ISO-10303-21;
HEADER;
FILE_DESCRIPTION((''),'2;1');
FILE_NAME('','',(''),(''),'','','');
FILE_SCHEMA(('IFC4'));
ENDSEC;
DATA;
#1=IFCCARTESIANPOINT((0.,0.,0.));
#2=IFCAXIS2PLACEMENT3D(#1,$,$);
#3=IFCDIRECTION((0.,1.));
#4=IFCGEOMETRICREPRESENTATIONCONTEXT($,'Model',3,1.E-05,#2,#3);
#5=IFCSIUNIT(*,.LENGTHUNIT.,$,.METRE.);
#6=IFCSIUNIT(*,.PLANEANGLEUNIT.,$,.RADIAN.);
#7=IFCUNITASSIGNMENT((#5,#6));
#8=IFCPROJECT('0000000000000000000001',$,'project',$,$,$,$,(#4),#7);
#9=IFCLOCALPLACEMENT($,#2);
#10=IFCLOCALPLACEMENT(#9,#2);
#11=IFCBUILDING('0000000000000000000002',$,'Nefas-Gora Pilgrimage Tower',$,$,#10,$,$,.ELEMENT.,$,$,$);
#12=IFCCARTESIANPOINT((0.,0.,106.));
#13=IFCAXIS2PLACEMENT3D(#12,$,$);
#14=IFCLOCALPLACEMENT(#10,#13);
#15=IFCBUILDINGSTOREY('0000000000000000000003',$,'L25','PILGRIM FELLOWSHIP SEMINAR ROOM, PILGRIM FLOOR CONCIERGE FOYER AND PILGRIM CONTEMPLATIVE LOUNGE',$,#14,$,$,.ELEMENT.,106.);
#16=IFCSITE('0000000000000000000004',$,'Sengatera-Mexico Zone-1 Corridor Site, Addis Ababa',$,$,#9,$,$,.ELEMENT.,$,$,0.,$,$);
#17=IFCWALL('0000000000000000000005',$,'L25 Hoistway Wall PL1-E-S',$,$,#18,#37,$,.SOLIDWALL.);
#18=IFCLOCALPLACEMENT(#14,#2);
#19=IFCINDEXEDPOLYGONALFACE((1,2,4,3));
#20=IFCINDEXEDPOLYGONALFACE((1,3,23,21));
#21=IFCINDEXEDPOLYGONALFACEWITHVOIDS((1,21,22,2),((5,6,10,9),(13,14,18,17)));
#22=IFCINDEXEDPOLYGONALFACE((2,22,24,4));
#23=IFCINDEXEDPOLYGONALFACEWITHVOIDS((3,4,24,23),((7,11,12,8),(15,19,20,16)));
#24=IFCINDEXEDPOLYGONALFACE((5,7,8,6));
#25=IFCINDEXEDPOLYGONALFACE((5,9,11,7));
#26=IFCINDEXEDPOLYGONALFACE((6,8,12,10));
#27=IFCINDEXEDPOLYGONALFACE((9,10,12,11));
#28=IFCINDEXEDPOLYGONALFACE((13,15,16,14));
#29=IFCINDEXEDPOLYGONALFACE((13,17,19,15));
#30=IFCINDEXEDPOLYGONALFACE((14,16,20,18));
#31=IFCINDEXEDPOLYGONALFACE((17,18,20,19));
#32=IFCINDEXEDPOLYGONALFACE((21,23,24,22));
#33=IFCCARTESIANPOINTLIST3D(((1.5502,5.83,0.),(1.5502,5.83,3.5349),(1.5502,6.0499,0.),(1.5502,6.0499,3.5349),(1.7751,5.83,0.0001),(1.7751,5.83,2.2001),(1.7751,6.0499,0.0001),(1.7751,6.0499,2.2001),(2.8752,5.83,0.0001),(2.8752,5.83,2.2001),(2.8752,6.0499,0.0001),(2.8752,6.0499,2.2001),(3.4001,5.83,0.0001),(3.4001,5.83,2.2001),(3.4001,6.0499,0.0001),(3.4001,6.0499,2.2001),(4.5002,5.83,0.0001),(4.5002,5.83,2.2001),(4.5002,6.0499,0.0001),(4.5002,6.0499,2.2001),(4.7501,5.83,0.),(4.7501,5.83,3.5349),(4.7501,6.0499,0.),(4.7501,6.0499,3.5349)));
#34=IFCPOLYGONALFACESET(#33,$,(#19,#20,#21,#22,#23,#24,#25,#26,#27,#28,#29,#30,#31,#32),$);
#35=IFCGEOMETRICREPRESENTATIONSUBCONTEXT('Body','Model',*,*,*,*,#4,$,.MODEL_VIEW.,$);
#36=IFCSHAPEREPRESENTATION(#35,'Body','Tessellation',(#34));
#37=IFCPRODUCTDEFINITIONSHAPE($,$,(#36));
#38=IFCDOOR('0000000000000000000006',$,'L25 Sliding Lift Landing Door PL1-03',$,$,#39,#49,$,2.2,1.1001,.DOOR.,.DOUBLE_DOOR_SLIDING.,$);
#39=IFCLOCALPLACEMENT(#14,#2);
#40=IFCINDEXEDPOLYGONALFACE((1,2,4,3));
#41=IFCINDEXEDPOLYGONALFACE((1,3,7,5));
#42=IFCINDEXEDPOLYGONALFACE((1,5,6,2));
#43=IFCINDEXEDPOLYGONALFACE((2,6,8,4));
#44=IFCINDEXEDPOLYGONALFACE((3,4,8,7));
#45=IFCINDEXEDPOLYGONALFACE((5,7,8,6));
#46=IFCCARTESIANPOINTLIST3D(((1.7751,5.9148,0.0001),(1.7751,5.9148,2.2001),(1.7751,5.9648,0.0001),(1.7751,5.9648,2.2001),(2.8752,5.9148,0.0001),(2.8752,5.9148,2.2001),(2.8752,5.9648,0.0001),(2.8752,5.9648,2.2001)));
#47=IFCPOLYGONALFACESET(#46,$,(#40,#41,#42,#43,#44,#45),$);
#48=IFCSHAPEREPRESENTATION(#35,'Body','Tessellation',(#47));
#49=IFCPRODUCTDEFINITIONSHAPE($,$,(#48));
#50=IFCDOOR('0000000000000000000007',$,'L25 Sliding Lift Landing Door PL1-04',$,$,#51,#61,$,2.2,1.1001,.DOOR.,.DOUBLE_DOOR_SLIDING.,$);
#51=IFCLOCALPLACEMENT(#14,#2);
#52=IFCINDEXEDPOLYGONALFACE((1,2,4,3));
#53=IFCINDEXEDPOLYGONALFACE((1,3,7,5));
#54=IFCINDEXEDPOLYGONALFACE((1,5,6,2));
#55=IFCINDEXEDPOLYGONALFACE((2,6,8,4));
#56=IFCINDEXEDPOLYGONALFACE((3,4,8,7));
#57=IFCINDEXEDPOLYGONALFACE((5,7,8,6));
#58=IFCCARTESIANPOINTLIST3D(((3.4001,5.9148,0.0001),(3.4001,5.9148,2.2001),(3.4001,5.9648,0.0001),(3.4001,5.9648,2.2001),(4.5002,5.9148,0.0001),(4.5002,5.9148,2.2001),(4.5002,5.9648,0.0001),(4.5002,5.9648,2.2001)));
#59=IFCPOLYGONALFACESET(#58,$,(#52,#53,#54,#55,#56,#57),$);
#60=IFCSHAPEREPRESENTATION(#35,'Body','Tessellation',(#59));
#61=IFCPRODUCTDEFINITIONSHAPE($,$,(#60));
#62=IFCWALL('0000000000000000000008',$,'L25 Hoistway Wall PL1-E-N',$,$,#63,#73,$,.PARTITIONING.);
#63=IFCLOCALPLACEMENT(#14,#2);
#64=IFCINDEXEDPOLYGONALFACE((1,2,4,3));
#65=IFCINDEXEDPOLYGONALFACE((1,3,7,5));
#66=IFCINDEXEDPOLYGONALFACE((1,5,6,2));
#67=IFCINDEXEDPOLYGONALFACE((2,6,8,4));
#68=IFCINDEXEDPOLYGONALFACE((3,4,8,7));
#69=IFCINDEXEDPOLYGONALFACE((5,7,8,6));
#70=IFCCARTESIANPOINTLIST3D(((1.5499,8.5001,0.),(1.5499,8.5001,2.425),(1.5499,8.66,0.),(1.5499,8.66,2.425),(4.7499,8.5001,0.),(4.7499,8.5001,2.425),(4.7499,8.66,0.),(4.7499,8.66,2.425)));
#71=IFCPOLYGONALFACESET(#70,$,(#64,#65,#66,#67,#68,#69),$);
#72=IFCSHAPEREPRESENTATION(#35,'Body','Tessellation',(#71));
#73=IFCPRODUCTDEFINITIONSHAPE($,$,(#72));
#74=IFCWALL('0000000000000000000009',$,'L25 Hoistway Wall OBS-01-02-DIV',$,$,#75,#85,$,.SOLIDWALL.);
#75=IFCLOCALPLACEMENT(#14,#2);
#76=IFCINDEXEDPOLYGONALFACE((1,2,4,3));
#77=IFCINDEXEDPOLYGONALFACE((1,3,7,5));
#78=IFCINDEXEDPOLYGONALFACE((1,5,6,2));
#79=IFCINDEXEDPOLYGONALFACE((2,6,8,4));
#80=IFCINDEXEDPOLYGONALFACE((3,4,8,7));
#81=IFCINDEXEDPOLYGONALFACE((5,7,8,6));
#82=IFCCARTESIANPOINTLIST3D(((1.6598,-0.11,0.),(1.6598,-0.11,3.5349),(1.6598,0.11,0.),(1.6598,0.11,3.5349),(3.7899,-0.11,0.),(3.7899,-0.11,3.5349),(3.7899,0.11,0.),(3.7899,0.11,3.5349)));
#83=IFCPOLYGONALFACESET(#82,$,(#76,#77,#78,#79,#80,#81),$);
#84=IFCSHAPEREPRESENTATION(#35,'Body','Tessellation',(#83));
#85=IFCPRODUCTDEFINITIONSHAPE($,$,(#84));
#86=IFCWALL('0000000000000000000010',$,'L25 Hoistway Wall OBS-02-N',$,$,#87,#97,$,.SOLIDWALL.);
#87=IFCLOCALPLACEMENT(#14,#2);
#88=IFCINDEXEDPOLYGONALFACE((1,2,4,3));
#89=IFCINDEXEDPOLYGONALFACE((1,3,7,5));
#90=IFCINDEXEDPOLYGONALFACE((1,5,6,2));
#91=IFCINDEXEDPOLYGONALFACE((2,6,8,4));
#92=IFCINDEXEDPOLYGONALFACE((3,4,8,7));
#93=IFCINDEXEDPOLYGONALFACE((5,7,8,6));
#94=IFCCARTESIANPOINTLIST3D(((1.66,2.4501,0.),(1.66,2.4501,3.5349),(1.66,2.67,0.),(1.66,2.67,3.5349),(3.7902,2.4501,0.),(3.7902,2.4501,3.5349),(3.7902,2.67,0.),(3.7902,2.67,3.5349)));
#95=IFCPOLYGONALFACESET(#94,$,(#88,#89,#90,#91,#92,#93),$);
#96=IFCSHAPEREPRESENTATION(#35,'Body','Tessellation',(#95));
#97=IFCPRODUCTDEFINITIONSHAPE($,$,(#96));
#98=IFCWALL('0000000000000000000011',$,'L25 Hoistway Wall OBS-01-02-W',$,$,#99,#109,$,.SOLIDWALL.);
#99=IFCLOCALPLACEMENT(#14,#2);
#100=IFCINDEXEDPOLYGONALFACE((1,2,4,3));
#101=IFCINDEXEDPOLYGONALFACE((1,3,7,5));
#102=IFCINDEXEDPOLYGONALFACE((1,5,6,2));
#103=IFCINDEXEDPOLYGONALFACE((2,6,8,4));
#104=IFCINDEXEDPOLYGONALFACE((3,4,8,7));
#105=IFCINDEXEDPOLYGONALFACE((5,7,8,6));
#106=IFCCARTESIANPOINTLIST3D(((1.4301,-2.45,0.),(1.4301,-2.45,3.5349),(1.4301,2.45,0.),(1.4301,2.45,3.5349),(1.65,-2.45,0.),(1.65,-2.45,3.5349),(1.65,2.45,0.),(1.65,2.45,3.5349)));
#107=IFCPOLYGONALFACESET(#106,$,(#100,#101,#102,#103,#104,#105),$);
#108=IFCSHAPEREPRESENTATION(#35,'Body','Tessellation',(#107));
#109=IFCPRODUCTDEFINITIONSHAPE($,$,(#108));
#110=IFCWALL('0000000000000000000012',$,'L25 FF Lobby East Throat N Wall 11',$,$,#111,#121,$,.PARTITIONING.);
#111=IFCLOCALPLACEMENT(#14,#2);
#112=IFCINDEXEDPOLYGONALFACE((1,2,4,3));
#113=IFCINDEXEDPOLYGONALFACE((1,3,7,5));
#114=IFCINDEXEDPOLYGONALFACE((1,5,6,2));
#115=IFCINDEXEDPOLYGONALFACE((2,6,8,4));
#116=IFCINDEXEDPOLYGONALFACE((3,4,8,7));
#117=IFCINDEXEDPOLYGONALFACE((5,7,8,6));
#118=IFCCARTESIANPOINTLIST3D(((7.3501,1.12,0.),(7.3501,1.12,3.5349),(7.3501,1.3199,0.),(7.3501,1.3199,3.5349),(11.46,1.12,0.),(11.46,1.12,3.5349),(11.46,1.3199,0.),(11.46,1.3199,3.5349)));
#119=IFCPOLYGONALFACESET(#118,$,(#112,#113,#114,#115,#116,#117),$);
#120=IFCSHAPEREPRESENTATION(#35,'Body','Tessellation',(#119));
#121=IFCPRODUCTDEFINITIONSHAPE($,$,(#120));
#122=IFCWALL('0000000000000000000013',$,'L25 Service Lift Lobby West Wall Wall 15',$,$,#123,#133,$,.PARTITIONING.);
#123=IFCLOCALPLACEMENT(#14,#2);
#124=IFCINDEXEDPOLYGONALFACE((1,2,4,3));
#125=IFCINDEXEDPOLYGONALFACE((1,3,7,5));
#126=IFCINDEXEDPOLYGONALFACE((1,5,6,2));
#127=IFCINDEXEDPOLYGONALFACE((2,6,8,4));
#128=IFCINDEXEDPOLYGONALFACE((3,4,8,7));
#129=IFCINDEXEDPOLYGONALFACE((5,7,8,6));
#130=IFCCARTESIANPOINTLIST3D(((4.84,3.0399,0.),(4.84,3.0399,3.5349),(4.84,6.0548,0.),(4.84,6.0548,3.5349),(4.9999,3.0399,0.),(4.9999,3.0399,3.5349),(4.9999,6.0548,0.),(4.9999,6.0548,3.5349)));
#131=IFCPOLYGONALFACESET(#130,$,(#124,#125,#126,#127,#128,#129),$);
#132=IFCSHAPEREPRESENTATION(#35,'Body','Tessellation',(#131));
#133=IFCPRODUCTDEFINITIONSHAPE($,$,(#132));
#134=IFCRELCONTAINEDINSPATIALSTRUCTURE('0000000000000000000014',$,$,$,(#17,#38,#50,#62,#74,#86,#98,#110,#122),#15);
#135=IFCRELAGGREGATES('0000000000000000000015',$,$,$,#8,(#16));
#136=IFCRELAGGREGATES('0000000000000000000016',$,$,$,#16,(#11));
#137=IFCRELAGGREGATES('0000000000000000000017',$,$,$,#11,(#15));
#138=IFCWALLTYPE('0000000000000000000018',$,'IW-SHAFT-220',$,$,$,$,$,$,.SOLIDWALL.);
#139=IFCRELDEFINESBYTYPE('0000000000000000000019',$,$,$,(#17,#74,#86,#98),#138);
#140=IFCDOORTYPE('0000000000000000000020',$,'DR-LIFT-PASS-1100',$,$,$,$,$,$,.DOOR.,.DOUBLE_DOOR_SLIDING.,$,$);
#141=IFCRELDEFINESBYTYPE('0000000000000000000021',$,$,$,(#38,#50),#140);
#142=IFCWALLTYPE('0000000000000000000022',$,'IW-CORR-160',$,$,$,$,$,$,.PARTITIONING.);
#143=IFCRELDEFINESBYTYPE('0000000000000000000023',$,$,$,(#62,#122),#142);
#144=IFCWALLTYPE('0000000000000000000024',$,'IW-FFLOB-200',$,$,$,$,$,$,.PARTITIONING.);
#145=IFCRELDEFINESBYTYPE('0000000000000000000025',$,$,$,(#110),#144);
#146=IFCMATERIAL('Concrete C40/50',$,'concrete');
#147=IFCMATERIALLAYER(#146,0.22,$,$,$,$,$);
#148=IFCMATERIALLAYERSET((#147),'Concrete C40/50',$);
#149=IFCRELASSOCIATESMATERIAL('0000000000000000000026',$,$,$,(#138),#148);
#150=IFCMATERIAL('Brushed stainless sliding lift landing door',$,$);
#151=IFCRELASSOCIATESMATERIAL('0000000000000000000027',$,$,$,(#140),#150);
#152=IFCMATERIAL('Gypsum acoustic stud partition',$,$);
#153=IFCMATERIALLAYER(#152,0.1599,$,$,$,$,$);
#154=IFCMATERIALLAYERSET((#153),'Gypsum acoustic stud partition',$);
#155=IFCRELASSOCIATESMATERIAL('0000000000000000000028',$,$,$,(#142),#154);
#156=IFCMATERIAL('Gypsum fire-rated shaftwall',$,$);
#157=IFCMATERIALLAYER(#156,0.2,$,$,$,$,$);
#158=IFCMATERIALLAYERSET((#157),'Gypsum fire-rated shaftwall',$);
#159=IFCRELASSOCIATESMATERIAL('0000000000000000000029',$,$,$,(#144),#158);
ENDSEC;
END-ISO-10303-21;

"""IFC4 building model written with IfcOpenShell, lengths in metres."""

from ifc_helpers import new_model, si_unit, direction, frame, frame_2d, origin, place, context, subcontext, project, spatial, rectangle, extrude, source, transform, mapped, material, layer, layer_set, type_object, element, fill, save


model = new_model("IFC4")

# Units and contexts
model_context = context("Model", 3, precision=1e-05, world=origin(), true_north=direction((0.0, 1.0)))
body_context = subcontext(model_context, "Body", "Model", "MODEL_VIEW")
ifc_project = project(units=[si_unit("LENGTHUNIT", "METRE"), si_unit("PLANEANGLEUNIT", "RADIAN")], contexts=[model_context])

# Site, building, storey
site_placement = place(None, origin())
site = spatial("IfcSite", under=ifc_project, at=site_placement, Name="Sengatera-Mexico Zone-1 Corridor Site, Addis Ababa", CompositionType="ELEMENT", RefElevation=0.0)
building_placement = place(site_placement, origin())
building = spatial("IfcBuilding", under=site, at=building_placement, Name="Nefas-Gora Pilgrimage Tower", CompositionType="ELEMENT")
storey_placement = place(building_placement, frame((0.0, 0.0, 106.0)))
storey = spatial("IfcBuildingStorey", under=building, at=storey_placement, Name="L25", Description="PILGRIM FELLOWSHIP SEMINAR ROOM, PILGRIM FLOOR CONCIERGE FOYER AND PILGRIM CONTEMPLATIVE LOUNGE", CompositionType="ELEMENT", Elevation=106.0)

# Wall, openings, doors
ifc_material_1 = material(Name="Concrete C40/50", Category="concrete")
ifc_layer_1 = layer(ifc_material_1, 0.22)
ifc_layer_set_1 = layer_set([ifc_layer_1], Name="Concrete C40/50")
wall_type_1 = type_object("IfcWallType", Name="IW-SHAFT-220", PredefinedType="SOLIDWALL", material=ifc_layer_set_1)
shared_shape_1 = source(origin(), body_context, "Body", "SweptSolid", [
    extrude(rectangle(XDim=3.2, YDim=0.22, at=frame_2d((1.6001, 0.0))), origin(), (0.0, 0.0, 1.0), 3.5349),
])
wall_1_placement = place(storey_placement, frame((1.55, 5.9399, 0.0), z_axis=(0.0, 0.0, 1.0), x_axis=(1.0, 0.0, 0.0)))
wall_1 = element("IfcWall", 1, at=wall_1_placement, inside=storey, type_object=wall_type_1, Name="L25 Hoistway Wall PL1-E-S", PredefinedType="SOLIDWALL", context=body_context, shape_type="MappedRepresentation", body=[
    mapped(shared_shape_1, transform((0.0, 0.0, 0.0), x_axis=(1.0, 0.0, 0.0), y_axis=(0.0, 1.0, 0.0), z_axis=(0.0, 0.0, 1.0), scale=1.0)),
])
opening_1_placement = place(wall_1_placement, frame((0.2251, 0.0, 0.0)))
opening_1 = element("IfcOpeningElement", 2, at=opening_1_placement, cuts=wall_1, PredefinedType="OPENING", context=body_context, shape_type="SweptSolid", body=[
    extrude(rectangle(XDim=1.1001, YDim=2.2, at=frame_2d((0.55, 1.1001))), frame((0.0, 0.1199, 0.0), z_axis=(0.0, -1.0, 0.0), x_axis=(1.0, 0.0, 0.0)), (0.0, 0.0, 1.0), 0.24),
])
opening_2_placement = place(wall_1_placement, frame((1.8501, 0.0, 0.0)))
opening_2 = element("IfcOpeningElement", 3, at=opening_2_placement, cuts=wall_1, PredefinedType="OPENING", context=body_context, shape_type="SweptSolid", body=[
    extrude(rectangle(XDim=1.1001, YDim=2.2, at=frame_2d((0.55, 1.1001))), frame((0.0, 0.1199, 0.0), z_axis=(0.0, -1.0, 0.0), x_axis=(1.0, 0.0, 0.0)), (0.0, 0.0, 1.0), 0.24),
])
ifc_material_2 = material(Name="Brushed stainless sliding lift landing door")
door_type_1 = type_object("IfcDoorType", Name="DR-LIFT-PASS-1100", OperationType="DOUBLE_DOOR_SLIDING", PredefinedType="DOOR", material=ifc_material_2)
shared_shape_2 = source(origin(), body_context, "Body", "SweptSolid", [
    extrude(rectangle(XDim=1.1001, YDim=2.2, at=frame_2d((0.55, 1.1001))), frame((0.0, 0.0249, 0.0), z_axis=(0.0, -1.0, 0.0), x_axis=(1.0, 0.0, 0.0)), (0.0, 0.0, 1.0), 0.05),
])
door_1_placement = place(opening_1_placement, origin())
door_1 = element("IfcDoor", 4, at=door_1_placement, inside=storey, type_object=door_type_1, Name="L25 Sliding Lift Landing Door PL1-03", OperationType="DOUBLE_DOOR_SLIDING", OverallHeight=2.2, OverallWidth=1.1001, PredefinedType="DOOR", context=body_context, shape_type="MappedRepresentation", body=[
    mapped(shared_shape_2, transform((0.0, 0.0, 0.0), x_axis=(1.0, 0.0, 0.0), y_axis=(0.0, 1.0, 0.0), z_axis=(0.0, 0.0, 1.0), scale=1.0)),
])
fill(opening_1, door_1)
door_2_placement = place(opening_2_placement, origin())
door_2 = element("IfcDoor", 5, at=door_2_placement, inside=storey, type_object=door_type_1, Name="L25 Sliding Lift Landing Door PL1-04", OperationType="DOUBLE_DOOR_SLIDING", OverallHeight=2.2, OverallWidth=1.1001, PredefinedType="DOOR", context=body_context, shape_type="MappedRepresentation", body=[
    mapped(shared_shape_2, transform((0.0, 0.0, 0.0), x_axis=(1.0, 0.0, 0.0), y_axis=(0.0, 1.0, 0.0), z_axis=(0.0, 0.0, 1.0), scale=1.0)),
])
fill(opening_2, door_2)

# Walls
ifc_material_3 = material(Name="Gypsum acoustic stud partition")
ifc_layer_2 = layer(ifc_material_3, 0.1599)
ifc_layer_set_2 = layer_set([ifc_layer_2], Name="Gypsum acoustic stud partition")
wall_type_2 = type_object("IfcWallType", Name="IW-CORR-160", PredefinedType="PARTITIONING", material=ifc_layer_set_2)
shared_shape_3 = source(origin(), body_context, "Body", "SweptSolid", [
    extrude(rectangle(XDim=3.2, YDim=0.1599, at=frame_2d((1.6001, 0.0))), origin(), (0.0, 0.0, 1.0), 2.425),
])
wall_2_placement = place(storey_placement, frame((4.75, 8.5801, 0.0), z_axis=(0.0, 0.0, 1.0), x_axis=(-1.0, 0.0, 0.0)))
element("IfcWall", 6, at=wall_2_placement, inside=storey, type_object=wall_type_2, Name="L25 Hoistway Wall PL1-E-N", PredefinedType="PARTITIONING", context=body_context, shape_type="MappedRepresentation", body=[
    mapped(shared_shape_3, transform((0.0, 0.0, 0.0), x_axis=(1.0, 0.0, 0.0), y_axis=(0.0, 1.0, 0.0), z_axis=(0.0, 0.0, 1.0), scale=1.0)),
])
shared_shape_4 = source(origin(), body_context, "Body", "SweptSolid", [
    extrude(rectangle(XDim=2.1301, YDim=0.22, at=frame_2d((1.0649, 0.0))), origin(), (0.0, 0.0, 1.0), 3.5349),
])
for number, where, z_axis, x_axis, name in (
    (7, (1.6599, 0.0, 0.0), (0.0, 0.0, 1.0), (1.0, 0.0, 0.0), "L25 Hoistway Wall OBS-01-02-DIV"),
    (8, (3.79, 2.5601, 0.0), (0.0, 0.0, 1.0), (-1.0, 0.0, 0.0), "L25 Hoistway Wall OBS-02-N"),
):
    element("IfcWall", number, at=place(storey_placement, frame(where, z_axis=z_axis, x_axis=x_axis)), inside=storey, type_object=wall_type_1, Name=name, PredefinedType="SOLIDWALL", context=body_context, shape_type="MappedRepresentation", body=[
        mapped(shared_shape_4, transform((0.0, 0.0, 0.0), x_axis=(1.0, 0.0, 0.0), y_axis=(0.0, 1.0, 0.0), z_axis=(0.0, 0.0, 1.0), scale=1.0)),
    ])
shared_shape_5 = source(origin(), body_context, "Body", "SweptSolid", [
    extrude(rectangle(XDim=4.8999, YDim=0.22, at=frame_2d((2.45, 0.0))), origin(), (0.0, 0.0, 1.0), 3.5349),
])
wall_3_placement = place(storey_placement, frame((1.54, 2.45, 0.0), z_axis=(0.0, 0.0, 1.0), x_axis=(0.0, -1.0, 0.0)))
element("IfcWall", 9, at=wall_3_placement, inside=storey, type_object=wall_type_1, Name="L25 Hoistway Wall OBS-01-02-W", PredefinedType="SOLIDWALL", context=body_context, shape_type="MappedRepresentation", body=[
    mapped(shared_shape_5, transform((0.0, 0.0, 0.0), x_axis=(1.0, 0.0, 0.0), y_axis=(0.0, 1.0, 0.0), z_axis=(0.0, 0.0, 1.0), scale=1.0)),
])

# Shared definitions
ifc_material_4 = material(Name="Gypsum fire-rated shaftwall")
ifc_layer_3 = layer(ifc_material_4, 0.2)
ifc_layer_set_3 = layer_set([ifc_layer_3], Name="Gypsum fire-rated shaftwall")
wall_type_3 = type_object("IfcWallType", Name="IW-FFLOB-200", PredefinedType="PARTITIONING", material=ifc_layer_set_3)

# Walls
shared_shape_6 = source(origin(), body_context, "Body", "SweptSolid", [
    extrude(rectangle(XDim=4.1099, YDim=0.2, at=frame_2d((2.0549, 0.0))), origin(), (0.0, 0.0, 1.0), 3.5349),
])
wall_4_placement = place(storey_placement, frame((7.3501, 1.22, 0.0), z_axis=(0.0, 0.0, 1.0), x_axis=(1.0, 0.0, 0.0)))
element("IfcWall", 10, at=wall_4_placement, inside=storey, type_object=wall_type_3, Name="L25 FF Lobby East Throat N Wall 11", PredefinedType="PARTITIONING", context=body_context, shape_type="MappedRepresentation", body=[
    mapped(shared_shape_6, transform((0.0, 0.0, 0.0), x_axis=(1.0, 0.0, 0.0), y_axis=(0.0, 1.0, 0.0), z_axis=(0.0, 0.0, 1.0), scale=1.0)),
])
shared_shape_7 = source(origin(), body_context, "Body", "SweptSolid", [
    extrude(rectangle(XDim=3.0149, YDim=0.1599, at=frame_2d((1.5073, 0.0))), origin(), (0.0, 0.0, 1.0), 3.5349),
])
wall_5_placement = place(storey_placement, frame((4.9199, 3.04, 0.0), z_axis=(0.0, 0.0, 1.0), x_axis=(0.0, 1.0, 0.0)))
element("IfcWall", 11, at=wall_5_placement, inside=storey, type_object=wall_type_2, Name="L25 Service Lift Lobby West Wall Wall 15", PredefinedType="PARTITIONING", context=body_context, shape_type="MappedRepresentation", body=[
    mapped(shared_shape_7, transform((0.0, 0.0, 0.0), x_axis=(1.0, 0.0, 0.0), y_axis=(0.0, 1.0, 0.0), z_axis=(0.0, 0.0, 1.0), scale=1.0)),
])

save(model, "model.ifc")
